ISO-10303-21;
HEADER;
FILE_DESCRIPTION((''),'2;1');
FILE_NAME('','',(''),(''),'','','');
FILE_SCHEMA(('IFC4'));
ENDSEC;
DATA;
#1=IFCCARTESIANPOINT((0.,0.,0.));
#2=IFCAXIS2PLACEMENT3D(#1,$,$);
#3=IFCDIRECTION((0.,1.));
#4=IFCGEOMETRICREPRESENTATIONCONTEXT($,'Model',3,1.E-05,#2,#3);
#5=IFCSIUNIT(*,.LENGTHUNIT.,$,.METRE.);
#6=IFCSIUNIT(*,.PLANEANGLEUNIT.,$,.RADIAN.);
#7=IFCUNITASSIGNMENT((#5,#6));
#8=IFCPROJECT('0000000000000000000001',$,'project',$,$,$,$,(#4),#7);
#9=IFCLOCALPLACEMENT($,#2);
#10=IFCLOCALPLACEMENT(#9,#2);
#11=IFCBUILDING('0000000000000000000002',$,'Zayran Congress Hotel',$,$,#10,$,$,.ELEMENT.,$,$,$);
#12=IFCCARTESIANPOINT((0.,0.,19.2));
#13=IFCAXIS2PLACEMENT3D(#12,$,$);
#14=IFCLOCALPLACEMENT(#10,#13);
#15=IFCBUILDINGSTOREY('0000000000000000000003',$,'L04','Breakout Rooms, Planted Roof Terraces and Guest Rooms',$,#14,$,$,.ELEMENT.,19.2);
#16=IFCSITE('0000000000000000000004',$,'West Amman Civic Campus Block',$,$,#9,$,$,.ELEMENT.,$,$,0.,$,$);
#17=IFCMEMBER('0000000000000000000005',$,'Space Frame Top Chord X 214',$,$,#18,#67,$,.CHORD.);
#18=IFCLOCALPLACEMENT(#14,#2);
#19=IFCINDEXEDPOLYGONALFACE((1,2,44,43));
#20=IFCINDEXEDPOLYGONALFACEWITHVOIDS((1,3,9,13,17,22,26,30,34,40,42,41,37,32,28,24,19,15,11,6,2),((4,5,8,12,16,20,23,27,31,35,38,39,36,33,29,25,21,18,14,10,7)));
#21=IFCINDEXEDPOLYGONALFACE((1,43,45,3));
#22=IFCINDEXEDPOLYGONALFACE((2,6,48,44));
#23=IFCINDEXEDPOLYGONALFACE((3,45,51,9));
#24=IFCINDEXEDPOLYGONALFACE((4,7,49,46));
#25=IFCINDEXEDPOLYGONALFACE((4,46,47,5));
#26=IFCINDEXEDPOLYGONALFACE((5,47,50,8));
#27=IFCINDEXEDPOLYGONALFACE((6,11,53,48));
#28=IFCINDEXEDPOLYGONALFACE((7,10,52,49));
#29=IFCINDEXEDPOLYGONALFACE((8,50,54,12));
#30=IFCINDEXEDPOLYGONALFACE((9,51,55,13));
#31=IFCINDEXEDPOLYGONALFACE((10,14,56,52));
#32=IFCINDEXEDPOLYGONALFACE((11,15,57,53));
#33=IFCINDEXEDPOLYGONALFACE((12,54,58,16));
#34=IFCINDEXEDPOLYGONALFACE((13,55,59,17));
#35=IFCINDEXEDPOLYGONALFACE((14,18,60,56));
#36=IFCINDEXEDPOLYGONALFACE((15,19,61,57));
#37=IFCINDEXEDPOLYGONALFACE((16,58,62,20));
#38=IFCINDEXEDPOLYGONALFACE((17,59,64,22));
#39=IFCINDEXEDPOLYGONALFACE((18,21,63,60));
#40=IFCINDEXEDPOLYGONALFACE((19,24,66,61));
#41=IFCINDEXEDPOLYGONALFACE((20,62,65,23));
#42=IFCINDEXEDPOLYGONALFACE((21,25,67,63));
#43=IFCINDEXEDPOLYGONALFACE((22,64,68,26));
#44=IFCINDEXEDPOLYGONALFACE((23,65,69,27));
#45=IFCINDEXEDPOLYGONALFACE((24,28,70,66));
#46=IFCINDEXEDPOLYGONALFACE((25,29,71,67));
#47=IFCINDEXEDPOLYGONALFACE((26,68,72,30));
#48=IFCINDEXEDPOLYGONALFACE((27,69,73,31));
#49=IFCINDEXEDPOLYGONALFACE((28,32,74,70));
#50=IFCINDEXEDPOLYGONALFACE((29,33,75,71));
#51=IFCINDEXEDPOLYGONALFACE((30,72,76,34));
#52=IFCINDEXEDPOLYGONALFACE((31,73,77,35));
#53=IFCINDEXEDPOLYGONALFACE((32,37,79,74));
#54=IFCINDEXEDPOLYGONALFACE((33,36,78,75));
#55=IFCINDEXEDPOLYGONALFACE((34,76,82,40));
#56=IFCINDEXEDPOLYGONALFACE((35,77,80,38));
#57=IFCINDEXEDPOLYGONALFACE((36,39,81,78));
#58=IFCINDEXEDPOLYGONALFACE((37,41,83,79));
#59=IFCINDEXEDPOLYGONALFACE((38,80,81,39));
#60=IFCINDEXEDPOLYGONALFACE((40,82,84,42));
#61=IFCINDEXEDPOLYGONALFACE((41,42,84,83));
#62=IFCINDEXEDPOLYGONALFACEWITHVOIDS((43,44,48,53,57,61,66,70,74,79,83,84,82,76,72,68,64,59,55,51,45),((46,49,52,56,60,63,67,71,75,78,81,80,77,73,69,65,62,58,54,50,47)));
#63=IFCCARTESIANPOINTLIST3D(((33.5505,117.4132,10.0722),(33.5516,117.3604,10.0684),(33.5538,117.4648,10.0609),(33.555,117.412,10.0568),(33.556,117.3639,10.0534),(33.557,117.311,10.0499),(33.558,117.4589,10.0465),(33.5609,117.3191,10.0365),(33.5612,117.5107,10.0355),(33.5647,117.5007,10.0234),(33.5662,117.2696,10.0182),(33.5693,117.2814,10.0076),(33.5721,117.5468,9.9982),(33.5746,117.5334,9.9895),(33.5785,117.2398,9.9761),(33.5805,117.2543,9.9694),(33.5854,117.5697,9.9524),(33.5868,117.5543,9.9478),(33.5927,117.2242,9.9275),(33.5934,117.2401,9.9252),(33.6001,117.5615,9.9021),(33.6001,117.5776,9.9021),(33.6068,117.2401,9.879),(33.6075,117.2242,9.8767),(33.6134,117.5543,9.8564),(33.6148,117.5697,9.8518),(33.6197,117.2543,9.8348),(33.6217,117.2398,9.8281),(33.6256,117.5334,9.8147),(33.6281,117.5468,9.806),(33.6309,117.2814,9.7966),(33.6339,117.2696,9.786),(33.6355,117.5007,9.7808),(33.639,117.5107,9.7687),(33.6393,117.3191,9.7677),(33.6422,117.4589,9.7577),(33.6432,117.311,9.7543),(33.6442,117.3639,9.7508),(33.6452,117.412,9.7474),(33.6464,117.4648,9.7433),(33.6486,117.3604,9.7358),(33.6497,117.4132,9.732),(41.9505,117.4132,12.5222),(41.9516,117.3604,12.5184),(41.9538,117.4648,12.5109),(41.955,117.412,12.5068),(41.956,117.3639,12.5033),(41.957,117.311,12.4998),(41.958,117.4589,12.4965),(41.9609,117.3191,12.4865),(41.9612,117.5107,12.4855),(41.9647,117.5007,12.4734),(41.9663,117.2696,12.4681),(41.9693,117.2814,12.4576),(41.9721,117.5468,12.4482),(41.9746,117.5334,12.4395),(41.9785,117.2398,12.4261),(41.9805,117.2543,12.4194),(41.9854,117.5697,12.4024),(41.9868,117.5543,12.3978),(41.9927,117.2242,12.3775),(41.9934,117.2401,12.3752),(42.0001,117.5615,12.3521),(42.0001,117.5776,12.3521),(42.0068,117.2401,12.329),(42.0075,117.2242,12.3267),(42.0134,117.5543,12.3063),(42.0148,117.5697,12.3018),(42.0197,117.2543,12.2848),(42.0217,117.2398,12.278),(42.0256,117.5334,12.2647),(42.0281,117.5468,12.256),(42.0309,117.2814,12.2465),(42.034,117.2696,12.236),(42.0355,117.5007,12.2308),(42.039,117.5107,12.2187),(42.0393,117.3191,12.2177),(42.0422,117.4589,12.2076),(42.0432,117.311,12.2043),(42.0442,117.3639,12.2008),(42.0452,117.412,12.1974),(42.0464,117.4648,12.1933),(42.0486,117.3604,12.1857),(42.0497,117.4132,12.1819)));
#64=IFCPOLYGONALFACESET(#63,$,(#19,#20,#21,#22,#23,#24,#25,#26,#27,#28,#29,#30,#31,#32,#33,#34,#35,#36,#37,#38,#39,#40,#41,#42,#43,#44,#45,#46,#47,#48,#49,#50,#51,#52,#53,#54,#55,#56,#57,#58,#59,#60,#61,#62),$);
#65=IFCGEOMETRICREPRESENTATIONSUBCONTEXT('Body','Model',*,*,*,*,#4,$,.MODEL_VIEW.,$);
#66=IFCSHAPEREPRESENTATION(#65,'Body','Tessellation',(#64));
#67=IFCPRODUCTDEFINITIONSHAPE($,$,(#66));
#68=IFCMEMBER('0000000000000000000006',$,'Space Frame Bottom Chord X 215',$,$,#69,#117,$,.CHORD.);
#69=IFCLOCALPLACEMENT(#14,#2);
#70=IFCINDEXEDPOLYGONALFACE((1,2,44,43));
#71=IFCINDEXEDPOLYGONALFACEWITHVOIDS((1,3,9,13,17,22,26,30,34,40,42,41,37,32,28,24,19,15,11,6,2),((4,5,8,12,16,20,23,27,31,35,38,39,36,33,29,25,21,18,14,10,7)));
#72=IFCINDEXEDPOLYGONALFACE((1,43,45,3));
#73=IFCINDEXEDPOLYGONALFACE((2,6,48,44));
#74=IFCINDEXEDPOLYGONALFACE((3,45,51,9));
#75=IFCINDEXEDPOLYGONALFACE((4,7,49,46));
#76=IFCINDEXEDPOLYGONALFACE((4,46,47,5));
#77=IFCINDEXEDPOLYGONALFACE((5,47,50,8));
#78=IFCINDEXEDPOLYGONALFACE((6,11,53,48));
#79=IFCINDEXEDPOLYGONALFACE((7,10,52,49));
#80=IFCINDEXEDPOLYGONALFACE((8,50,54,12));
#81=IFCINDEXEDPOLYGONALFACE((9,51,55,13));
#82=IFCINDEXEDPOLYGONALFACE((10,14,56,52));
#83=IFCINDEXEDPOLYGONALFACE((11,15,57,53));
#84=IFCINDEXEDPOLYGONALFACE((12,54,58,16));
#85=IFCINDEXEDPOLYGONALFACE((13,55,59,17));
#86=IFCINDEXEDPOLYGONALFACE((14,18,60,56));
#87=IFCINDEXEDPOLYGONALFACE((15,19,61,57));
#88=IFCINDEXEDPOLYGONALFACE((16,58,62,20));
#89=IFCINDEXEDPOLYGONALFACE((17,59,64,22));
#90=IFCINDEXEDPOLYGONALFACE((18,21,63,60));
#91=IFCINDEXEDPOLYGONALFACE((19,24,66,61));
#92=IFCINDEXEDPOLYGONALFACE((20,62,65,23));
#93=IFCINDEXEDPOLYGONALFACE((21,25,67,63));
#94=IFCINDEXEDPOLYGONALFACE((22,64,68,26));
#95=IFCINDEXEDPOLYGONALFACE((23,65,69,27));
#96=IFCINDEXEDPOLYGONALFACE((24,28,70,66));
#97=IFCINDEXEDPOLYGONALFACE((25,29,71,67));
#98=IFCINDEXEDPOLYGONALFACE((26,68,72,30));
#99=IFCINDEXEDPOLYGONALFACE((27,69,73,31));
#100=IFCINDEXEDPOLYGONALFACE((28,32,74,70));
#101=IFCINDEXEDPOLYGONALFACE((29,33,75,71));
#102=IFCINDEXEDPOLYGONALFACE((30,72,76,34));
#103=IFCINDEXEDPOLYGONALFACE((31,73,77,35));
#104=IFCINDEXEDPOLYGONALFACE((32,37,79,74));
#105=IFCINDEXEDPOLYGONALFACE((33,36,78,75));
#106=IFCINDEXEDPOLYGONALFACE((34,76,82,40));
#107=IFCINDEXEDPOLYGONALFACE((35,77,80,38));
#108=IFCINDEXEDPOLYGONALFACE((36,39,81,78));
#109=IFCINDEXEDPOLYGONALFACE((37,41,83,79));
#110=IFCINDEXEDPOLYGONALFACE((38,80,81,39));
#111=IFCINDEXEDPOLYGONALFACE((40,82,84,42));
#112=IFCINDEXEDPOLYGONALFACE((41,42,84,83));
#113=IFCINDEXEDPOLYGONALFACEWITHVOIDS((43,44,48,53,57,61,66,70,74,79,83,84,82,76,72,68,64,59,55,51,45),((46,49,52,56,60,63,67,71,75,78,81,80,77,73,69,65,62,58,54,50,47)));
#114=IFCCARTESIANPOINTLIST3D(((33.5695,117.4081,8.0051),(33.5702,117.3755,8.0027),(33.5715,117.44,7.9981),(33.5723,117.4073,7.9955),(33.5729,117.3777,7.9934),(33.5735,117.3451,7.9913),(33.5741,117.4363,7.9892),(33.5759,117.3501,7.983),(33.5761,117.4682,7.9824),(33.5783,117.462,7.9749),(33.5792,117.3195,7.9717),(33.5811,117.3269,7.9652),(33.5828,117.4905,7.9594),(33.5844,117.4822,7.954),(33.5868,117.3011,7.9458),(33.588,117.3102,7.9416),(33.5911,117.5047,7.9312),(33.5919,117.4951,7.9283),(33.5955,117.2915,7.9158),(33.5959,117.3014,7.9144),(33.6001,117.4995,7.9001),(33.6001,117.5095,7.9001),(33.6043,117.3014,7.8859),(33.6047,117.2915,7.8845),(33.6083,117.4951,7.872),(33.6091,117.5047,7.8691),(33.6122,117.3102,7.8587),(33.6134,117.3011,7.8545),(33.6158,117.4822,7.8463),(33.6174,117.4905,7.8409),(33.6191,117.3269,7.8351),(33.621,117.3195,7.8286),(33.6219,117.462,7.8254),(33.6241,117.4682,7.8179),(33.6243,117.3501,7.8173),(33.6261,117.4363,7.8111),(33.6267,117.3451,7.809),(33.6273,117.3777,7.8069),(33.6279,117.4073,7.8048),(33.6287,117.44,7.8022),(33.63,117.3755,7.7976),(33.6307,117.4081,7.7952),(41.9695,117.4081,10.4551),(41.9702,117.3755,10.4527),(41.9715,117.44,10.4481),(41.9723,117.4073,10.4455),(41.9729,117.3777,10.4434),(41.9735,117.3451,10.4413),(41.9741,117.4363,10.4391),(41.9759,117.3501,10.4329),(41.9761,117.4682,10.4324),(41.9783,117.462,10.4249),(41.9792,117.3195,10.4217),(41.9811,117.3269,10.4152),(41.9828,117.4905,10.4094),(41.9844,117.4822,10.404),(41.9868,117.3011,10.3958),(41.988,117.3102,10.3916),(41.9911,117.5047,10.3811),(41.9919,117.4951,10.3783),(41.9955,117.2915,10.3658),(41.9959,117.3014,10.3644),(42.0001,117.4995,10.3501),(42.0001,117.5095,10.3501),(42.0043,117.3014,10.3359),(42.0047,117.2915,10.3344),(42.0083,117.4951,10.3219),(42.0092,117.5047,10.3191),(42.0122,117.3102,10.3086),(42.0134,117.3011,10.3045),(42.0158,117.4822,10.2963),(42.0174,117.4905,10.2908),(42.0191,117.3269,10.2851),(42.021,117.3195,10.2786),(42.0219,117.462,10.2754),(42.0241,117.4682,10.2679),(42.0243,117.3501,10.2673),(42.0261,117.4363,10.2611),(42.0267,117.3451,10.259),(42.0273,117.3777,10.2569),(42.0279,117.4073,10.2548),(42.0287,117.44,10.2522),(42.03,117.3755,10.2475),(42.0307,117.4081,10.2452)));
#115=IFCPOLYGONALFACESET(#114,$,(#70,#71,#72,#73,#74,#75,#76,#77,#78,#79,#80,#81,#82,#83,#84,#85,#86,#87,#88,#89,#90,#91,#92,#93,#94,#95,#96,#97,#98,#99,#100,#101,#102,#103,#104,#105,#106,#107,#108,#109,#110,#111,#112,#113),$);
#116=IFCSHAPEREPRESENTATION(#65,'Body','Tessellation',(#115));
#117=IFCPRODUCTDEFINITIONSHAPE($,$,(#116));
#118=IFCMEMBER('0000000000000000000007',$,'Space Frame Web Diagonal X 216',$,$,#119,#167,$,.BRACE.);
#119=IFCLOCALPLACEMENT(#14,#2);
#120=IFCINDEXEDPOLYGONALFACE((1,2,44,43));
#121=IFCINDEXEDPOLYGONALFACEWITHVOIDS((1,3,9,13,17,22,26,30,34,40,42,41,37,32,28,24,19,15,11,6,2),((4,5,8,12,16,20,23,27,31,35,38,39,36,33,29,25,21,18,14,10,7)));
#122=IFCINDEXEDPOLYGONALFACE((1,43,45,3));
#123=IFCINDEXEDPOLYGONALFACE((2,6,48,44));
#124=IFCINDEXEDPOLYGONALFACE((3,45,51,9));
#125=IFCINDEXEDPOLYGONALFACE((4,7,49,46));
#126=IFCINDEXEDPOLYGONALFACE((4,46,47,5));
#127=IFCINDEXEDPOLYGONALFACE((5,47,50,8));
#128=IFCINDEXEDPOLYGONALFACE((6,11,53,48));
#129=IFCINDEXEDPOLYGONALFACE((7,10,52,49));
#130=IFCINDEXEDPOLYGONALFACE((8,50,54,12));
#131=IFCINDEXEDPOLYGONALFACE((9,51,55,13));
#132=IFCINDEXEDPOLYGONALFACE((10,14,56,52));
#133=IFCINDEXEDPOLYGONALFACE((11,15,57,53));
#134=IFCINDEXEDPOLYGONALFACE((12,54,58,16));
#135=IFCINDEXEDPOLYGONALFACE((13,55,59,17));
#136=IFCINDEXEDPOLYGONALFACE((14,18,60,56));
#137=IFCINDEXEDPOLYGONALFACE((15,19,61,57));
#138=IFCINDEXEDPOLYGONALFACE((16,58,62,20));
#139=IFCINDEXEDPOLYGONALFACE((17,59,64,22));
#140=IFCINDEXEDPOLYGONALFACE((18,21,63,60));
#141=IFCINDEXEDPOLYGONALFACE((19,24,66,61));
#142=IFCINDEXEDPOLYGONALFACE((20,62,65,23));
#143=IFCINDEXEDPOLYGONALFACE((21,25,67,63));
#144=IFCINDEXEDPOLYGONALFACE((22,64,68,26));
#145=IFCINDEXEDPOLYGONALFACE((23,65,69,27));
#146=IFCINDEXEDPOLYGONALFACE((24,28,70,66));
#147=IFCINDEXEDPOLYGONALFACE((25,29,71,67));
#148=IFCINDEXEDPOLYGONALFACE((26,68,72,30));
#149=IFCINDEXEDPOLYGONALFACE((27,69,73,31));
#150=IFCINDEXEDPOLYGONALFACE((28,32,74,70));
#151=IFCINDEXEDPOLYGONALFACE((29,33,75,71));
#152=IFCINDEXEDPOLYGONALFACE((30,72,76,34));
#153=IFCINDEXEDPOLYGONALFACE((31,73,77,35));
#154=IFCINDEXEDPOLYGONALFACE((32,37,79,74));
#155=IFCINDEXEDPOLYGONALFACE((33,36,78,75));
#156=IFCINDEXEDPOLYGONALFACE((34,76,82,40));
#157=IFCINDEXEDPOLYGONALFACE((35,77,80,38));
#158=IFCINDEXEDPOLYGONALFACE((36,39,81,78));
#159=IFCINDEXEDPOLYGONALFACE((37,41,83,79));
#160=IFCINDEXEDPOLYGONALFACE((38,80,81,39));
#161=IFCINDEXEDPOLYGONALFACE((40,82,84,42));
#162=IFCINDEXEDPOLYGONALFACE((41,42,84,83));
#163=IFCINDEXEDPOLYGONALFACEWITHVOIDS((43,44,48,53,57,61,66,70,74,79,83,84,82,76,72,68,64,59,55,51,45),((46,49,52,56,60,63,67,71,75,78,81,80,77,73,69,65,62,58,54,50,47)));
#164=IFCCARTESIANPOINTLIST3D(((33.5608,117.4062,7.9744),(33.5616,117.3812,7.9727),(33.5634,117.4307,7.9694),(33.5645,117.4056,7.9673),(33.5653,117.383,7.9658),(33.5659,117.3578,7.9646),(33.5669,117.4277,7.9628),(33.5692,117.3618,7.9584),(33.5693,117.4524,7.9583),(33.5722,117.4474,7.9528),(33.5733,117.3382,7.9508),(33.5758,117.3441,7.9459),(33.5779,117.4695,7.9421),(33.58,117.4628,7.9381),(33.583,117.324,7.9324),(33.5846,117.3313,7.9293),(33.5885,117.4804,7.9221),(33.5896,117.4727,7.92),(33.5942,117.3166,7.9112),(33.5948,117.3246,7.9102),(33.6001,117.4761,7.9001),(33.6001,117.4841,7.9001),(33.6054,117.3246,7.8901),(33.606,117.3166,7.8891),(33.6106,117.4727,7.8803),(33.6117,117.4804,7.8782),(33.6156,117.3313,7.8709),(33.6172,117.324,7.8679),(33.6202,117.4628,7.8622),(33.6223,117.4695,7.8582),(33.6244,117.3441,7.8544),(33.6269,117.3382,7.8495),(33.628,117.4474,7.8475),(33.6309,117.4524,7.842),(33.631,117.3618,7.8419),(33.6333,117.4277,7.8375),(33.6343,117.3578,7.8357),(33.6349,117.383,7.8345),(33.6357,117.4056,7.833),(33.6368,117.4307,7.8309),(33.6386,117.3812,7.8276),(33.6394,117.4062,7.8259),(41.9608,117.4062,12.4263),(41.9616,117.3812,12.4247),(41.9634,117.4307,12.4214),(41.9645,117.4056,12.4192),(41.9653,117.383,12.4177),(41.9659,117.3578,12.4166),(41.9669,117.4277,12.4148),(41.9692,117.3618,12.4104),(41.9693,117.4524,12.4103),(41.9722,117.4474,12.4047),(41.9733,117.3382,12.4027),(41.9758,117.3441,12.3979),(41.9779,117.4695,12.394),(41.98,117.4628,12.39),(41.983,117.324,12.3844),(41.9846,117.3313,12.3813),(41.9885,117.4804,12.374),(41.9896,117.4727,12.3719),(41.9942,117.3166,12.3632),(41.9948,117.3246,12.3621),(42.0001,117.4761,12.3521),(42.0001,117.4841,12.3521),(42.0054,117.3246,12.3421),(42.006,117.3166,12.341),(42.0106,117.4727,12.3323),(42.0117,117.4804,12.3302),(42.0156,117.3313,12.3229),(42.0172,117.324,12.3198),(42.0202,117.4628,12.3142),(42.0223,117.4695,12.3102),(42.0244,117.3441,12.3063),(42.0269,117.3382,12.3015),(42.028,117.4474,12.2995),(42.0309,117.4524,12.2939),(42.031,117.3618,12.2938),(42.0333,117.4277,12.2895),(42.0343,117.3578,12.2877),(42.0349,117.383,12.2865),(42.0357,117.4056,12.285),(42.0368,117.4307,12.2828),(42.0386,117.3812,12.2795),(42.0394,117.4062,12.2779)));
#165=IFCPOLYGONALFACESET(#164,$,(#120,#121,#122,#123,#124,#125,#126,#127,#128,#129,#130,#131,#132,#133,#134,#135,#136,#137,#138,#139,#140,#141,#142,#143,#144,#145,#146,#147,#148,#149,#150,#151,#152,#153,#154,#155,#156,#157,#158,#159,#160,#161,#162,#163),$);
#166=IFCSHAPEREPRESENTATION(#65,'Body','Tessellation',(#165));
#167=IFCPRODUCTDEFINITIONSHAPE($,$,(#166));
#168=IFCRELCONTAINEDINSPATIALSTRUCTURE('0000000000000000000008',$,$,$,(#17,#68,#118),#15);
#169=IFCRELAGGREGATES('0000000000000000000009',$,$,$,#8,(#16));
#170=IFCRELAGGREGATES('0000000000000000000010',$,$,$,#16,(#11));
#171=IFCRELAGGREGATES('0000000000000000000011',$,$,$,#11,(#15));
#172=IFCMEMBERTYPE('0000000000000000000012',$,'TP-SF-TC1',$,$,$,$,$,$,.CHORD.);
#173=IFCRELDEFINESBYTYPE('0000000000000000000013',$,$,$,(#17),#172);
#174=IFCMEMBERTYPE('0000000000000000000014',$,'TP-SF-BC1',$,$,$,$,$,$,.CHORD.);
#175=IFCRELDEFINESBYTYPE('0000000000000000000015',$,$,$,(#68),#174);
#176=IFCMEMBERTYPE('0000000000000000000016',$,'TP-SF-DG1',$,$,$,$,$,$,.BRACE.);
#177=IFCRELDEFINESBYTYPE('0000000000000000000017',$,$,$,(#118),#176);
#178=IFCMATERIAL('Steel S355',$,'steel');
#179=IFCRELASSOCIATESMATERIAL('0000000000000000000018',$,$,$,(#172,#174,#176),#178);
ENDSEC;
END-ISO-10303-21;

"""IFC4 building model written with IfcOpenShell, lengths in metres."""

from ifc_helpers import new_model, si_unit, direction, frame, origin, origin_2d, place, context, subcontext, project, spatial, hollow_circle, extrude, material, material_profile, profile_set, type_object, element, save


model = new_model("IFC4")

# Units and contexts
model_context = context("Model", 3, precision=1e-05, world=origin(), true_north=direction((0.0, 1.0)))
body_context = subcontext(model_context, "Body", "Model", "MODEL_VIEW")
ifc_project = project(units=[si_unit("LENGTHUNIT", "METRE"), si_unit("PLANEANGLEUNIT", "RADIAN")], contexts=[model_context])

# Site, building, storey
site_placement = place(None, origin())
site = spatial("IfcSite", under=ifc_project, at=site_placement, Name="West Amman Civic Campus Block", CompositionType="ELEMENT", RefElevation=0.0)
building_placement = place(site_placement, origin())
building = spatial("IfcBuilding", under=site, at=building_placement, Name="Zayran Congress Hotel", CompositionType="ELEMENT")
storey_placement = place(building_placement, frame((0.0, 0.0, 19.2)))
storey = spatial("IfcBuildingStorey", under=building, at=storey_placement, Name="L04", Description="Breakout Rooms, Planted Roof Terraces and Guest Rooms", CompositionType="ELEMENT", Elevation=19.2)

# Members
ifc_material_1 = material(Name="Steel S355", Category="steel")
ifc_material_profile_1 = material_profile(ifc_material_1, hollow_circle(Radius=0.1777, WallThickness=0.0161, at=origin_2d()), Name="CHS 355.6x16")
ifc_profile_set_1 = profile_set([ifc_material_profile_1], Name="Steel S355")
member_type_1 = type_object("IfcMemberType", Name="TP-SF-TC1", PredefinedType="CHORD", material=ifc_profile_set_1)
member_1_placement = place(storey_placement, frame((33.6001, 117.3999, 9.9021), z_axis=(0.960001, 0.0, 0.279998), x_axis=(0.0, 1.0, 0.0)))
element("IfcMember", 1, at=member_1_placement, inside=storey, type_object=member_type_1, Name="Space Frame Top Chord X 214", PredefinedType="CHORD", context=body_context, shape_type="SweptSolid", body=[
    extrude(hollow_circle(Radius=0.1777, WallThickness=0.0161, at=origin_2d()), origin(), (0.0, 0.0, 1.0), 8.75),
])
ifc_material_profile_2 = material_profile(ifc_material_1, hollow_circle(Radius=0.1096, WallThickness=0.01, at=origin_2d()), Name="CHS 219.1x10")
ifc_profile_set_2 = profile_set([ifc_material_profile_2], Name="Steel S355")
member_type_2 = type_object("IfcMemberType", Name="TP-SF-BC1", PredefinedType="CHORD", material=ifc_profile_set_2)
member_2_placement = place(storey_placement, frame((33.6001, 117.3999, 7.9001), z_axis=(0.960001, 0.0, 0.279998), x_axis=(0.0, 1.0, 0.0)))
element("IfcMember", 2, at=member_2_placement, inside=storey, type_object=member_type_2, Name="Space Frame Bottom Chord X 215", PredefinedType="CHORD", context=body_context, shape_type="SweptSolid", body=[
    extrude(hollow_circle(Radius=0.1096, WallThickness=0.01, at=origin_2d()), origin(), (0.0, 0.0, 1.0), 8.75),
])
ifc_material_profile_3 = material_profile(ifc_material_1, hollow_circle(Radius=0.0842, WallThickness=0.0081, at=origin_2d()), Name="CHS 168.3x8")
ifc_profile_set_3 = profile_set([ifc_material_profile_3], Name="Steel S355")
member_type_3 = type_object("IfcMemberType", Name="TP-SF-DG1", PredefinedType="BRACE", material=ifc_profile_set_3)
member_3_placement = place(storey_placement, frame((33.6001, 117.3999, 7.9001), z_axis=(0.883575, 0.0, 0.46829), x_axis=(0.0, 1.0, 0.0)))
element("IfcMember", 3, at=member_3_placement, inside=storey, type_object=member_type_3, Name="Space Frame Web Diagonal X 216", PredefinedType="BRACE", context=body_context, shape_type="SweptSolid", body=[
    extrude(hollow_circle(Radius=0.0842, WallThickness=0.0081, at=origin_2d()), origin(), (0.0, 0.0, 1.0), 9.5068),
])

save(model, "model.ifc")
